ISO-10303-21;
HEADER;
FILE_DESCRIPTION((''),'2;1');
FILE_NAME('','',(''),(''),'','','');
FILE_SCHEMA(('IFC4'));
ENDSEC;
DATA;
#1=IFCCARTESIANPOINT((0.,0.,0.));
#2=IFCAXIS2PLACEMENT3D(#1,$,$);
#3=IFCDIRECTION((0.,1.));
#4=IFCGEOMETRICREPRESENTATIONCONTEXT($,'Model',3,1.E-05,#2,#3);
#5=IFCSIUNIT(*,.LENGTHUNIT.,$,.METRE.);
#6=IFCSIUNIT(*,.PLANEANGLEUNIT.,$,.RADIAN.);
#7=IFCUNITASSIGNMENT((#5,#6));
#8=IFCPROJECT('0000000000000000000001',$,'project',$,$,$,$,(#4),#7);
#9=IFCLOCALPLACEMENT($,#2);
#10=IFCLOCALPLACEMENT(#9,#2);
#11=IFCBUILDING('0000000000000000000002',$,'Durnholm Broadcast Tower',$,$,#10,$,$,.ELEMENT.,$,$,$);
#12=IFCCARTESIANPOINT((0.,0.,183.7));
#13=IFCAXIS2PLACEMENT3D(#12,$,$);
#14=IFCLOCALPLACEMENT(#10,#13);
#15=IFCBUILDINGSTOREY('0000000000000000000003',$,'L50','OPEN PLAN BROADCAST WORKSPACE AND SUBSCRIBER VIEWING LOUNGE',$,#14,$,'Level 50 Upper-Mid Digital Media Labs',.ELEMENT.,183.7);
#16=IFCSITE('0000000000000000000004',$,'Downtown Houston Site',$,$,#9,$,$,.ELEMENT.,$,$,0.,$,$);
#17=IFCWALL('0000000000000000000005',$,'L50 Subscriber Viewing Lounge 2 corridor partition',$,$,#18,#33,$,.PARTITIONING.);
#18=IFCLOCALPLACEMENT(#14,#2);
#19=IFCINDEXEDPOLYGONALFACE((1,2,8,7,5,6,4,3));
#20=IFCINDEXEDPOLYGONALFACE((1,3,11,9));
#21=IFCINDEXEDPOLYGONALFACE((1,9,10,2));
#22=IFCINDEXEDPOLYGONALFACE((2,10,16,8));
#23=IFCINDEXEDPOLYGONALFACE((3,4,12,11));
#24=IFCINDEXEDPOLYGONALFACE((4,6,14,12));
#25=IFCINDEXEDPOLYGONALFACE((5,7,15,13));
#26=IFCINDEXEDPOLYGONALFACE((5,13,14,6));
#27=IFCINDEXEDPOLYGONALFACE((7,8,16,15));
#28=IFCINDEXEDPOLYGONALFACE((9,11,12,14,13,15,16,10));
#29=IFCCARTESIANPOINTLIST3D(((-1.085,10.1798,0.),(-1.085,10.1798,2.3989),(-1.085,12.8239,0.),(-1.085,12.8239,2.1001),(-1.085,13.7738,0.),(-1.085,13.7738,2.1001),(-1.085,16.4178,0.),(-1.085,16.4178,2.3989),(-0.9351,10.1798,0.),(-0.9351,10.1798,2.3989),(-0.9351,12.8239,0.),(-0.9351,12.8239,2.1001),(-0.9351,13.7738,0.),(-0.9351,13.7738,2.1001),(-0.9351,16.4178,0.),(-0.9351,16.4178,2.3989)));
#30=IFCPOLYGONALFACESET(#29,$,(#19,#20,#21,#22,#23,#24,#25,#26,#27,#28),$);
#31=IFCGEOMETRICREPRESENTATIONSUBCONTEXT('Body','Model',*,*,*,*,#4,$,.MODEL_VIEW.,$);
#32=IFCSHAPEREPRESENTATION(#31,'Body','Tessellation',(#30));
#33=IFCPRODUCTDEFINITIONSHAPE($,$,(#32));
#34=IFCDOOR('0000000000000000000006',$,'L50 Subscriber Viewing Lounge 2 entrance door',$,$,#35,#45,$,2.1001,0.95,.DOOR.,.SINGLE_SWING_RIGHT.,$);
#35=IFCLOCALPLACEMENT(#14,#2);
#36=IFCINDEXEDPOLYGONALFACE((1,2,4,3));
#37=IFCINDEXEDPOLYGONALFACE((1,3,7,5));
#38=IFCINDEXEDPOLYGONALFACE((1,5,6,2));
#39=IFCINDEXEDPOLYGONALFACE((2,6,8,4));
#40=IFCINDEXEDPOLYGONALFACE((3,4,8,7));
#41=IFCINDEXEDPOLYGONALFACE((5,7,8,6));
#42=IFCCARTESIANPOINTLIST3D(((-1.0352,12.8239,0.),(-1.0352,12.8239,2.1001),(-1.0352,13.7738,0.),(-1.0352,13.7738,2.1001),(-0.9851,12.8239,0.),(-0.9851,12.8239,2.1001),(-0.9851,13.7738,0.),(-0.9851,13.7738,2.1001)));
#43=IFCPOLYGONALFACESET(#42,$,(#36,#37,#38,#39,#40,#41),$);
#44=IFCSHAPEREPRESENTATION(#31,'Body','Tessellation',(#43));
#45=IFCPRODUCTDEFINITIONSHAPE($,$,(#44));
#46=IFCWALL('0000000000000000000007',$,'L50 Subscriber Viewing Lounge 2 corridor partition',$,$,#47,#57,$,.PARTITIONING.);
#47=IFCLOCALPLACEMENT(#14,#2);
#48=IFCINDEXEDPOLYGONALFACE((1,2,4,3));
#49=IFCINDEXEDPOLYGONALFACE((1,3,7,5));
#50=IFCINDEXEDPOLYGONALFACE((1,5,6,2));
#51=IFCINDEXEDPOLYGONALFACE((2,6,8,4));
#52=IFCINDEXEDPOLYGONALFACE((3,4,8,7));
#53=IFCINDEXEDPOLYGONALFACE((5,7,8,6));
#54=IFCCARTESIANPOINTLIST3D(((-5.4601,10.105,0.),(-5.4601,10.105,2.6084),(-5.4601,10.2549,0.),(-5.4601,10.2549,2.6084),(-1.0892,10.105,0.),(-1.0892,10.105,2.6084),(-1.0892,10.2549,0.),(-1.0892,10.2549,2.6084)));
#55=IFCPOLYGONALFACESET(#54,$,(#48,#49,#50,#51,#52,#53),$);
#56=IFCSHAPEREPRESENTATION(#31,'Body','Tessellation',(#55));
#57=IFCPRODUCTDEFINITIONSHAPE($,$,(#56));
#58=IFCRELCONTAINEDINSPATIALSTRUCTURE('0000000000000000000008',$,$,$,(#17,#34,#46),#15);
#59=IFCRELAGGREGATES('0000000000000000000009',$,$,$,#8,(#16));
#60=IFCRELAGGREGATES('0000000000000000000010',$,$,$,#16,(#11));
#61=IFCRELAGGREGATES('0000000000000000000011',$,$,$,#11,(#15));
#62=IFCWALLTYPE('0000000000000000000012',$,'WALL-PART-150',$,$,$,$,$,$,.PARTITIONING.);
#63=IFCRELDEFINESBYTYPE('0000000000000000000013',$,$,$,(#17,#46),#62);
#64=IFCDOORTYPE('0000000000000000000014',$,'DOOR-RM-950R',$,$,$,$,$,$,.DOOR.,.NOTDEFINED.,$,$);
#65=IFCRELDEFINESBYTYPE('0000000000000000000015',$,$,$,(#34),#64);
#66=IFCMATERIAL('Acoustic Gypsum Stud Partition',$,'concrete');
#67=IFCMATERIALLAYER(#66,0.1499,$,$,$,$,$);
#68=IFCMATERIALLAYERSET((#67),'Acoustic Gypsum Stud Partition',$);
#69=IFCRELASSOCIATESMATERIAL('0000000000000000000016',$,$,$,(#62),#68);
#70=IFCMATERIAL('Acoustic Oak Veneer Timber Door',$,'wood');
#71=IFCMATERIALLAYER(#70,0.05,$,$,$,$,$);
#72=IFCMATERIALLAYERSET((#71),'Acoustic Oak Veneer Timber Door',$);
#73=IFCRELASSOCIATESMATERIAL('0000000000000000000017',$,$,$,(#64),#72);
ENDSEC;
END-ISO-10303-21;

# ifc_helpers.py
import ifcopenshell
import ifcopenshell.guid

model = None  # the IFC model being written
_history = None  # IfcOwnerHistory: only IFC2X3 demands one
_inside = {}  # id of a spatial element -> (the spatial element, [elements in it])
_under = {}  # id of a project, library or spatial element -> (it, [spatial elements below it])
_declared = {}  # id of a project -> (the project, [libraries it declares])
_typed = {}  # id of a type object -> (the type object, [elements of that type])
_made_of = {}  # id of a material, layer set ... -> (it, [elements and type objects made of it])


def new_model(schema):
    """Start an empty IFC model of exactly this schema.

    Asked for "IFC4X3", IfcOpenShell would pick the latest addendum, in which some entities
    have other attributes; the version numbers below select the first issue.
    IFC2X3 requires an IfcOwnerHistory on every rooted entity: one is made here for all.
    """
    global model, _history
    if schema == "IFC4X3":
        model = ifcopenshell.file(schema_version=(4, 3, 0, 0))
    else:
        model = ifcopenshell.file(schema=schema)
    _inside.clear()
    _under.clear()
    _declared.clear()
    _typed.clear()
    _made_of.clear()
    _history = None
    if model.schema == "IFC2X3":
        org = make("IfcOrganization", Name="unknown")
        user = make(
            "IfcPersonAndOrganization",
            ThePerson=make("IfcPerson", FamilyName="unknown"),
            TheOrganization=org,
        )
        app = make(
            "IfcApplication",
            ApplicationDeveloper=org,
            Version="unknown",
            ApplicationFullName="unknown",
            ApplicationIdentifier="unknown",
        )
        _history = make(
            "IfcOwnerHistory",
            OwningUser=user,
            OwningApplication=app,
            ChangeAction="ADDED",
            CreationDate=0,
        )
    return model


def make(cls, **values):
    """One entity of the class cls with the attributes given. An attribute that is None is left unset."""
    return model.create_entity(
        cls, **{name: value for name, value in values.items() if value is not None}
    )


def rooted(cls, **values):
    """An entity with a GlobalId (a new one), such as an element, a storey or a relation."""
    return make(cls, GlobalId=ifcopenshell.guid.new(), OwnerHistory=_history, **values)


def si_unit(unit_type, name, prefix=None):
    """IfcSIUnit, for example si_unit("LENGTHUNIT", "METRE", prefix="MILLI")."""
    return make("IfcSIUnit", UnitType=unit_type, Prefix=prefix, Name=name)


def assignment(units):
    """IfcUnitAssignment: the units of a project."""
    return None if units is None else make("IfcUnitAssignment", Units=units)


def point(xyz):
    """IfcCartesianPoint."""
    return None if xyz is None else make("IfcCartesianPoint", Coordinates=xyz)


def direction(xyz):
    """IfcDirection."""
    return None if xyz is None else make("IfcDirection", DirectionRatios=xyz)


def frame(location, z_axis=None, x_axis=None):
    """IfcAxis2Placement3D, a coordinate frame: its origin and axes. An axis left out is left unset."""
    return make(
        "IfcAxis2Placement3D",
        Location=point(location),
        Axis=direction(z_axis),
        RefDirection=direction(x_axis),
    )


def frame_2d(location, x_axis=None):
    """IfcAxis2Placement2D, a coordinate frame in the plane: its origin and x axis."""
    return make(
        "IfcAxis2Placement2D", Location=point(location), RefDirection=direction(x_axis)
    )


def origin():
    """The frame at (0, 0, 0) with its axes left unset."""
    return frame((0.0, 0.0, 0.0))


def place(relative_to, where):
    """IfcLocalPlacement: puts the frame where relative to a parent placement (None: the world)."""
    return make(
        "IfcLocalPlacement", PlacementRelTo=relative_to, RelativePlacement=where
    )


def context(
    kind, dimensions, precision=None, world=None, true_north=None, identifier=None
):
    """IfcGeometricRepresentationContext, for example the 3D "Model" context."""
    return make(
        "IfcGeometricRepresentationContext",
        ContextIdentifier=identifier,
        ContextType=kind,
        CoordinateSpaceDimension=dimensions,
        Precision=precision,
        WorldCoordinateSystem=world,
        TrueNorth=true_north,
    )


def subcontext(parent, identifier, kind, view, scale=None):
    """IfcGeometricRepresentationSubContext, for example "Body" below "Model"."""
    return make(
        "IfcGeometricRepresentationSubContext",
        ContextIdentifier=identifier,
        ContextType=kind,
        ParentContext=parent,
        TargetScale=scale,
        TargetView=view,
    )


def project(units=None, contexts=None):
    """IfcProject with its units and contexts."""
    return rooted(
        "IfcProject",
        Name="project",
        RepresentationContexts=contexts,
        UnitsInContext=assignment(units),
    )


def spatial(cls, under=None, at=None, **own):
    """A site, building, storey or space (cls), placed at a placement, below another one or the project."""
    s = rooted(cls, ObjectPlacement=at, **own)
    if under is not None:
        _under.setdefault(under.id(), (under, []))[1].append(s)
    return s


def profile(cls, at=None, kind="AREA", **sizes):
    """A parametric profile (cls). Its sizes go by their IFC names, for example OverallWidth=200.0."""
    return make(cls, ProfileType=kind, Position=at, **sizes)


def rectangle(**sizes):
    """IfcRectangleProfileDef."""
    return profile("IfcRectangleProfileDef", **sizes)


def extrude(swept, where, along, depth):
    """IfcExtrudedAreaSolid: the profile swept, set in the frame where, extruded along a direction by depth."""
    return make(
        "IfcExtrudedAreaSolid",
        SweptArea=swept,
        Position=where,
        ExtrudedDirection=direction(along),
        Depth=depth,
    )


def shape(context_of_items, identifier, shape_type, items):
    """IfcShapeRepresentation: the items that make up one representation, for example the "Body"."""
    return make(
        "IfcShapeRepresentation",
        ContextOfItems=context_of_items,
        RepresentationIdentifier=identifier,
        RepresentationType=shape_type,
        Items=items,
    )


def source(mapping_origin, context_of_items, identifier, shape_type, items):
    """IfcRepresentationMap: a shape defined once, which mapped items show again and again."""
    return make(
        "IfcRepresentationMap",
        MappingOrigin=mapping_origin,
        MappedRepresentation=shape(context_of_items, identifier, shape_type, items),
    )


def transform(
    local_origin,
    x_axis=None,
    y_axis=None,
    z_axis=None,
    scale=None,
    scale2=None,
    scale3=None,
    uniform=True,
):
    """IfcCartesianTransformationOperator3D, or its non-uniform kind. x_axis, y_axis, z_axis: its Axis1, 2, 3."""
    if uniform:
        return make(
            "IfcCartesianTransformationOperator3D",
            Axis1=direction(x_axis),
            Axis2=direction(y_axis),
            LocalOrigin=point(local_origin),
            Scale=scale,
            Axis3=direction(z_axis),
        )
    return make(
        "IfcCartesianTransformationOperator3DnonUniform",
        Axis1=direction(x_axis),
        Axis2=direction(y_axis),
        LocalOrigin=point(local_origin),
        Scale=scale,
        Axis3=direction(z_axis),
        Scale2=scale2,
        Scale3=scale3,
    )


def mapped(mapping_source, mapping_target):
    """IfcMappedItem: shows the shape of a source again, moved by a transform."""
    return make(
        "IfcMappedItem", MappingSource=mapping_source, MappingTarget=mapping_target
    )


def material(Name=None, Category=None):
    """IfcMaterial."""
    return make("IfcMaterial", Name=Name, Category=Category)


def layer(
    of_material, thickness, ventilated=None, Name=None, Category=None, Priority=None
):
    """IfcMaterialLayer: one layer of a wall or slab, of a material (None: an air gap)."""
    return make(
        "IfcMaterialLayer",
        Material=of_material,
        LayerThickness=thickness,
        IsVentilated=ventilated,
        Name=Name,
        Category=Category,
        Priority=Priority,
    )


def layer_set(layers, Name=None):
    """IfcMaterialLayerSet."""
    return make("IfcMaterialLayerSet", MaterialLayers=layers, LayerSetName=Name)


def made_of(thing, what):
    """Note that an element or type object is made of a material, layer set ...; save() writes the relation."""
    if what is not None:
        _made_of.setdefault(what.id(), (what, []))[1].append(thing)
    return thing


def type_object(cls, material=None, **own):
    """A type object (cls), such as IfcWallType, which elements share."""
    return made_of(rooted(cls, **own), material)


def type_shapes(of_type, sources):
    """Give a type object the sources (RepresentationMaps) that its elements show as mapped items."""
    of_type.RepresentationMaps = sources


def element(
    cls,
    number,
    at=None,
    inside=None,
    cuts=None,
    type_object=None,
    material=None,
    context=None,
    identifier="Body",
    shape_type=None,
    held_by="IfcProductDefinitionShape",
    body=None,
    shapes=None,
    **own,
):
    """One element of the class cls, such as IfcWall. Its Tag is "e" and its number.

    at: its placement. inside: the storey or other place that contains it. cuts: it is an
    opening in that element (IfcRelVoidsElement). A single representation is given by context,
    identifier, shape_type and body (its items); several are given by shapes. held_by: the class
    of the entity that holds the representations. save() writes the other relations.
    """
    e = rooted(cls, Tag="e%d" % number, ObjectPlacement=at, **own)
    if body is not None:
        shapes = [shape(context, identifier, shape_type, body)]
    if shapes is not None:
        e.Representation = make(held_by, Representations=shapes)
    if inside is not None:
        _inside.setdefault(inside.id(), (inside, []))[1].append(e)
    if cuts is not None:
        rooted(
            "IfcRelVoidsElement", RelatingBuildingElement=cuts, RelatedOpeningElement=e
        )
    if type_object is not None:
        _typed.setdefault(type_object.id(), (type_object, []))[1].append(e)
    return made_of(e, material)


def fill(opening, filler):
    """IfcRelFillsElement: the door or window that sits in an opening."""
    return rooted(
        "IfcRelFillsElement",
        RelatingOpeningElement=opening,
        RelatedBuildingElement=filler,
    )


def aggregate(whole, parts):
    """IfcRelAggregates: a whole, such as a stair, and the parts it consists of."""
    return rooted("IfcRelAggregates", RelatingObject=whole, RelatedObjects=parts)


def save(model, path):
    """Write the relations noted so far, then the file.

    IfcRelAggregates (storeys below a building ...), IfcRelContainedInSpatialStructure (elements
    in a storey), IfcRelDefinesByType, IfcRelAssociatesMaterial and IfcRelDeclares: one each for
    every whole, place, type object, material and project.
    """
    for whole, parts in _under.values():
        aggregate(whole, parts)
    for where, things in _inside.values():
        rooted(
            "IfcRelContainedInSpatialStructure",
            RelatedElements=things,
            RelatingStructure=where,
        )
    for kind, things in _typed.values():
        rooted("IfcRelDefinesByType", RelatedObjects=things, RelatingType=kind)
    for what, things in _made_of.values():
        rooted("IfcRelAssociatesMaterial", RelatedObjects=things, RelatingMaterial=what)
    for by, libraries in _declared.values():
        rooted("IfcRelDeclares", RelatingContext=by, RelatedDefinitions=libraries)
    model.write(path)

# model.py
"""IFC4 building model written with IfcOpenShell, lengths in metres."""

from ifc_helpers import new_model, si_unit, direction, frame, frame_2d, origin, place, context, subcontext, project, spatial, rectangle, extrude, source, transform, mapped, material, layer, layer_set, type_object, type_shapes, element, fill, save


model = new_model("IFC4")

# Units and contexts
model_context = context("Model", 3, precision=1e-05, world=origin(), true_north=direction((0.0, 1.0)))
body_context = subcontext(model_context, "Body", "Model", "MODEL_VIEW")
ifc_project = project(units=[si_unit("LENGTHUNIT", "METRE"), si_unit("PLANEANGLEUNIT", "RADIAN")], contexts=[model_context])

# Site, building, storey
site_placement = place(None, origin())
site = spatial("IfcSite", under=ifc_project, at=site_placement, Name="Downtown Houston Site", CompositionType="ELEMENT", RefElevation=0.0)
building_placement = place(site_placement, origin())
building = spatial("IfcBuilding", under=site, at=building_placement, Name="Durnholm Broadcast Tower", CompositionType="ELEMENT")
storey_placement = place(building_placement, frame((0.0, 0.0, 183.7)))
storey = spatial("IfcBuildingStorey", under=building, at=storey_placement, Name="L50", Description="OPEN PLAN BROADCAST WORKSPACE AND SUBSCRIBER VIEWING LOUNGE", LongName="Level 50 Upper-Mid Digital Media Labs", CompositionType="ELEMENT", Elevation=183.7)

# Wall, opening, door
ifc_material_1 = material(Name="Acoustic Gypsum Stud Partition", Category="concrete")
ifc_layer_1 = layer(ifc_material_1, 0.1499)
ifc_layer_set_1 = layer_set([ifc_layer_1], Name="Acoustic Gypsum Stud Partition")
wall_type_1 = type_object("IfcWallType", Name="WALL-PART-150", PredefinedType="PARTITIONING", material=ifc_layer_set_1)
wall_1_placement = place(storey_placement, frame((-1.01, 16.418, 0.0), z_axis=(0.0, 0.0, 1.0), x_axis=(0.0, -1.0, 0.0)))
wall_1 = element("IfcWall", 1, at=wall_1_placement, inside=storey, type_object=wall_type_1, Name="L50 Subscriber Viewing Lounge 2 corridor partition", PredefinedType="PARTITIONING", context=body_context, shape_type="SweptSolid", body=[
    extrude(rectangle(XDim=6.238, YDim=0.1499, at=frame_2d((3.1191, 0.0))), origin(), (0.0, 0.0, 1.0), 2.3989),
])
opening_1_placement = place(wall_1_placement, frame((2.644, 0.0, 0.0)))
opening_1 = element("IfcOpeningElement", 2, at=opening_1_placement, cuts=wall_1, PredefinedType="OPENING", context=body_context, shape_type="SweptSolid", body=[
    extrude(rectangle(XDim=0.95, YDim=2.1001, at=frame_2d((0.4751, 1.05))), frame((0.0, 0.085, 0.0), z_axis=(0.0, -1.0, 0.0), x_axis=(1.0, 0.0, 0.0)), (0.0, 0.0, 1.0), 0.1699),
])
ifc_material_2 = material(Name="Acoustic Oak Veneer Timber Door", Category="wood")
ifc_layer_2 = layer(ifc_material_2, 0.05)
ifc_layer_set_2 = layer_set([ifc_layer_2], Name="Acoustic Oak Veneer Timber Door")
door_type_1 = type_object("IfcDoorType", Name="DOOR-RM-950R", OperationType="NOTDEFINED", PredefinedType="DOOR", material=ifc_layer_set_2)
shared_shape_1 = source(origin(), body_context, "Body", "SweptSolid", [
    extrude(rectangle(XDim=0.95, YDim=2.1001, at=frame_2d((0.4751, 1.05))), frame((0.0, 0.0249, 0.0), z_axis=(0.0, -1.0, 0.0), x_axis=(1.0, 0.0, 0.0)), (0.0, 0.0, 1.0), 0.05),
])
type_shapes(door_type_1, [shared_shape_1])
door_1_placement = place(opening_1_placement, origin())
door_1 = element("IfcDoor", 3, at=door_1_placement, inside=storey, type_object=door_type_1, Name="L50 Subscriber Viewing Lounge 2 entrance door", OperationType="SINGLE_SWING_RIGHT", OverallHeight=2.1001, OverallWidth=0.95, PredefinedType="DOOR", context=body_context, shape_type="MappedRepresentation", body=[
    mapped(shared_shape_1, transform((0.0, 0.0, 0.0), x_axis=(1.0, 0.0, 0.0), y_axis=(0.0, 1.0, 0.0), z_axis=(0.0, 0.0, 1.0), scale=1.0)),
])
fill(opening_1, door_1)

# Wall
wall_2_placement = place(storey_placement, frame((-1.0891, 10.1799, 0.0), z_axis=(0.0, 0.0, 1.0), x_axis=(-1.0, 0.0, 0.0)))
element("IfcWall", 4, at=wall_2_placement, inside=storey, type_object=wall_type_1, Name="L50 Subscriber Viewing Lounge 2 corridor partition", PredefinedType="PARTITIONING", context=body_context, shape_type="SweptSolid", body=[
    extrude(rectangle(XDim=4.3708, YDim=0.1499, at=frame_2d((2.1855, 0.0))), origin(), (0.0, 0.0, 1.0), 2.6084),
])

save(model, "model.ifc")
